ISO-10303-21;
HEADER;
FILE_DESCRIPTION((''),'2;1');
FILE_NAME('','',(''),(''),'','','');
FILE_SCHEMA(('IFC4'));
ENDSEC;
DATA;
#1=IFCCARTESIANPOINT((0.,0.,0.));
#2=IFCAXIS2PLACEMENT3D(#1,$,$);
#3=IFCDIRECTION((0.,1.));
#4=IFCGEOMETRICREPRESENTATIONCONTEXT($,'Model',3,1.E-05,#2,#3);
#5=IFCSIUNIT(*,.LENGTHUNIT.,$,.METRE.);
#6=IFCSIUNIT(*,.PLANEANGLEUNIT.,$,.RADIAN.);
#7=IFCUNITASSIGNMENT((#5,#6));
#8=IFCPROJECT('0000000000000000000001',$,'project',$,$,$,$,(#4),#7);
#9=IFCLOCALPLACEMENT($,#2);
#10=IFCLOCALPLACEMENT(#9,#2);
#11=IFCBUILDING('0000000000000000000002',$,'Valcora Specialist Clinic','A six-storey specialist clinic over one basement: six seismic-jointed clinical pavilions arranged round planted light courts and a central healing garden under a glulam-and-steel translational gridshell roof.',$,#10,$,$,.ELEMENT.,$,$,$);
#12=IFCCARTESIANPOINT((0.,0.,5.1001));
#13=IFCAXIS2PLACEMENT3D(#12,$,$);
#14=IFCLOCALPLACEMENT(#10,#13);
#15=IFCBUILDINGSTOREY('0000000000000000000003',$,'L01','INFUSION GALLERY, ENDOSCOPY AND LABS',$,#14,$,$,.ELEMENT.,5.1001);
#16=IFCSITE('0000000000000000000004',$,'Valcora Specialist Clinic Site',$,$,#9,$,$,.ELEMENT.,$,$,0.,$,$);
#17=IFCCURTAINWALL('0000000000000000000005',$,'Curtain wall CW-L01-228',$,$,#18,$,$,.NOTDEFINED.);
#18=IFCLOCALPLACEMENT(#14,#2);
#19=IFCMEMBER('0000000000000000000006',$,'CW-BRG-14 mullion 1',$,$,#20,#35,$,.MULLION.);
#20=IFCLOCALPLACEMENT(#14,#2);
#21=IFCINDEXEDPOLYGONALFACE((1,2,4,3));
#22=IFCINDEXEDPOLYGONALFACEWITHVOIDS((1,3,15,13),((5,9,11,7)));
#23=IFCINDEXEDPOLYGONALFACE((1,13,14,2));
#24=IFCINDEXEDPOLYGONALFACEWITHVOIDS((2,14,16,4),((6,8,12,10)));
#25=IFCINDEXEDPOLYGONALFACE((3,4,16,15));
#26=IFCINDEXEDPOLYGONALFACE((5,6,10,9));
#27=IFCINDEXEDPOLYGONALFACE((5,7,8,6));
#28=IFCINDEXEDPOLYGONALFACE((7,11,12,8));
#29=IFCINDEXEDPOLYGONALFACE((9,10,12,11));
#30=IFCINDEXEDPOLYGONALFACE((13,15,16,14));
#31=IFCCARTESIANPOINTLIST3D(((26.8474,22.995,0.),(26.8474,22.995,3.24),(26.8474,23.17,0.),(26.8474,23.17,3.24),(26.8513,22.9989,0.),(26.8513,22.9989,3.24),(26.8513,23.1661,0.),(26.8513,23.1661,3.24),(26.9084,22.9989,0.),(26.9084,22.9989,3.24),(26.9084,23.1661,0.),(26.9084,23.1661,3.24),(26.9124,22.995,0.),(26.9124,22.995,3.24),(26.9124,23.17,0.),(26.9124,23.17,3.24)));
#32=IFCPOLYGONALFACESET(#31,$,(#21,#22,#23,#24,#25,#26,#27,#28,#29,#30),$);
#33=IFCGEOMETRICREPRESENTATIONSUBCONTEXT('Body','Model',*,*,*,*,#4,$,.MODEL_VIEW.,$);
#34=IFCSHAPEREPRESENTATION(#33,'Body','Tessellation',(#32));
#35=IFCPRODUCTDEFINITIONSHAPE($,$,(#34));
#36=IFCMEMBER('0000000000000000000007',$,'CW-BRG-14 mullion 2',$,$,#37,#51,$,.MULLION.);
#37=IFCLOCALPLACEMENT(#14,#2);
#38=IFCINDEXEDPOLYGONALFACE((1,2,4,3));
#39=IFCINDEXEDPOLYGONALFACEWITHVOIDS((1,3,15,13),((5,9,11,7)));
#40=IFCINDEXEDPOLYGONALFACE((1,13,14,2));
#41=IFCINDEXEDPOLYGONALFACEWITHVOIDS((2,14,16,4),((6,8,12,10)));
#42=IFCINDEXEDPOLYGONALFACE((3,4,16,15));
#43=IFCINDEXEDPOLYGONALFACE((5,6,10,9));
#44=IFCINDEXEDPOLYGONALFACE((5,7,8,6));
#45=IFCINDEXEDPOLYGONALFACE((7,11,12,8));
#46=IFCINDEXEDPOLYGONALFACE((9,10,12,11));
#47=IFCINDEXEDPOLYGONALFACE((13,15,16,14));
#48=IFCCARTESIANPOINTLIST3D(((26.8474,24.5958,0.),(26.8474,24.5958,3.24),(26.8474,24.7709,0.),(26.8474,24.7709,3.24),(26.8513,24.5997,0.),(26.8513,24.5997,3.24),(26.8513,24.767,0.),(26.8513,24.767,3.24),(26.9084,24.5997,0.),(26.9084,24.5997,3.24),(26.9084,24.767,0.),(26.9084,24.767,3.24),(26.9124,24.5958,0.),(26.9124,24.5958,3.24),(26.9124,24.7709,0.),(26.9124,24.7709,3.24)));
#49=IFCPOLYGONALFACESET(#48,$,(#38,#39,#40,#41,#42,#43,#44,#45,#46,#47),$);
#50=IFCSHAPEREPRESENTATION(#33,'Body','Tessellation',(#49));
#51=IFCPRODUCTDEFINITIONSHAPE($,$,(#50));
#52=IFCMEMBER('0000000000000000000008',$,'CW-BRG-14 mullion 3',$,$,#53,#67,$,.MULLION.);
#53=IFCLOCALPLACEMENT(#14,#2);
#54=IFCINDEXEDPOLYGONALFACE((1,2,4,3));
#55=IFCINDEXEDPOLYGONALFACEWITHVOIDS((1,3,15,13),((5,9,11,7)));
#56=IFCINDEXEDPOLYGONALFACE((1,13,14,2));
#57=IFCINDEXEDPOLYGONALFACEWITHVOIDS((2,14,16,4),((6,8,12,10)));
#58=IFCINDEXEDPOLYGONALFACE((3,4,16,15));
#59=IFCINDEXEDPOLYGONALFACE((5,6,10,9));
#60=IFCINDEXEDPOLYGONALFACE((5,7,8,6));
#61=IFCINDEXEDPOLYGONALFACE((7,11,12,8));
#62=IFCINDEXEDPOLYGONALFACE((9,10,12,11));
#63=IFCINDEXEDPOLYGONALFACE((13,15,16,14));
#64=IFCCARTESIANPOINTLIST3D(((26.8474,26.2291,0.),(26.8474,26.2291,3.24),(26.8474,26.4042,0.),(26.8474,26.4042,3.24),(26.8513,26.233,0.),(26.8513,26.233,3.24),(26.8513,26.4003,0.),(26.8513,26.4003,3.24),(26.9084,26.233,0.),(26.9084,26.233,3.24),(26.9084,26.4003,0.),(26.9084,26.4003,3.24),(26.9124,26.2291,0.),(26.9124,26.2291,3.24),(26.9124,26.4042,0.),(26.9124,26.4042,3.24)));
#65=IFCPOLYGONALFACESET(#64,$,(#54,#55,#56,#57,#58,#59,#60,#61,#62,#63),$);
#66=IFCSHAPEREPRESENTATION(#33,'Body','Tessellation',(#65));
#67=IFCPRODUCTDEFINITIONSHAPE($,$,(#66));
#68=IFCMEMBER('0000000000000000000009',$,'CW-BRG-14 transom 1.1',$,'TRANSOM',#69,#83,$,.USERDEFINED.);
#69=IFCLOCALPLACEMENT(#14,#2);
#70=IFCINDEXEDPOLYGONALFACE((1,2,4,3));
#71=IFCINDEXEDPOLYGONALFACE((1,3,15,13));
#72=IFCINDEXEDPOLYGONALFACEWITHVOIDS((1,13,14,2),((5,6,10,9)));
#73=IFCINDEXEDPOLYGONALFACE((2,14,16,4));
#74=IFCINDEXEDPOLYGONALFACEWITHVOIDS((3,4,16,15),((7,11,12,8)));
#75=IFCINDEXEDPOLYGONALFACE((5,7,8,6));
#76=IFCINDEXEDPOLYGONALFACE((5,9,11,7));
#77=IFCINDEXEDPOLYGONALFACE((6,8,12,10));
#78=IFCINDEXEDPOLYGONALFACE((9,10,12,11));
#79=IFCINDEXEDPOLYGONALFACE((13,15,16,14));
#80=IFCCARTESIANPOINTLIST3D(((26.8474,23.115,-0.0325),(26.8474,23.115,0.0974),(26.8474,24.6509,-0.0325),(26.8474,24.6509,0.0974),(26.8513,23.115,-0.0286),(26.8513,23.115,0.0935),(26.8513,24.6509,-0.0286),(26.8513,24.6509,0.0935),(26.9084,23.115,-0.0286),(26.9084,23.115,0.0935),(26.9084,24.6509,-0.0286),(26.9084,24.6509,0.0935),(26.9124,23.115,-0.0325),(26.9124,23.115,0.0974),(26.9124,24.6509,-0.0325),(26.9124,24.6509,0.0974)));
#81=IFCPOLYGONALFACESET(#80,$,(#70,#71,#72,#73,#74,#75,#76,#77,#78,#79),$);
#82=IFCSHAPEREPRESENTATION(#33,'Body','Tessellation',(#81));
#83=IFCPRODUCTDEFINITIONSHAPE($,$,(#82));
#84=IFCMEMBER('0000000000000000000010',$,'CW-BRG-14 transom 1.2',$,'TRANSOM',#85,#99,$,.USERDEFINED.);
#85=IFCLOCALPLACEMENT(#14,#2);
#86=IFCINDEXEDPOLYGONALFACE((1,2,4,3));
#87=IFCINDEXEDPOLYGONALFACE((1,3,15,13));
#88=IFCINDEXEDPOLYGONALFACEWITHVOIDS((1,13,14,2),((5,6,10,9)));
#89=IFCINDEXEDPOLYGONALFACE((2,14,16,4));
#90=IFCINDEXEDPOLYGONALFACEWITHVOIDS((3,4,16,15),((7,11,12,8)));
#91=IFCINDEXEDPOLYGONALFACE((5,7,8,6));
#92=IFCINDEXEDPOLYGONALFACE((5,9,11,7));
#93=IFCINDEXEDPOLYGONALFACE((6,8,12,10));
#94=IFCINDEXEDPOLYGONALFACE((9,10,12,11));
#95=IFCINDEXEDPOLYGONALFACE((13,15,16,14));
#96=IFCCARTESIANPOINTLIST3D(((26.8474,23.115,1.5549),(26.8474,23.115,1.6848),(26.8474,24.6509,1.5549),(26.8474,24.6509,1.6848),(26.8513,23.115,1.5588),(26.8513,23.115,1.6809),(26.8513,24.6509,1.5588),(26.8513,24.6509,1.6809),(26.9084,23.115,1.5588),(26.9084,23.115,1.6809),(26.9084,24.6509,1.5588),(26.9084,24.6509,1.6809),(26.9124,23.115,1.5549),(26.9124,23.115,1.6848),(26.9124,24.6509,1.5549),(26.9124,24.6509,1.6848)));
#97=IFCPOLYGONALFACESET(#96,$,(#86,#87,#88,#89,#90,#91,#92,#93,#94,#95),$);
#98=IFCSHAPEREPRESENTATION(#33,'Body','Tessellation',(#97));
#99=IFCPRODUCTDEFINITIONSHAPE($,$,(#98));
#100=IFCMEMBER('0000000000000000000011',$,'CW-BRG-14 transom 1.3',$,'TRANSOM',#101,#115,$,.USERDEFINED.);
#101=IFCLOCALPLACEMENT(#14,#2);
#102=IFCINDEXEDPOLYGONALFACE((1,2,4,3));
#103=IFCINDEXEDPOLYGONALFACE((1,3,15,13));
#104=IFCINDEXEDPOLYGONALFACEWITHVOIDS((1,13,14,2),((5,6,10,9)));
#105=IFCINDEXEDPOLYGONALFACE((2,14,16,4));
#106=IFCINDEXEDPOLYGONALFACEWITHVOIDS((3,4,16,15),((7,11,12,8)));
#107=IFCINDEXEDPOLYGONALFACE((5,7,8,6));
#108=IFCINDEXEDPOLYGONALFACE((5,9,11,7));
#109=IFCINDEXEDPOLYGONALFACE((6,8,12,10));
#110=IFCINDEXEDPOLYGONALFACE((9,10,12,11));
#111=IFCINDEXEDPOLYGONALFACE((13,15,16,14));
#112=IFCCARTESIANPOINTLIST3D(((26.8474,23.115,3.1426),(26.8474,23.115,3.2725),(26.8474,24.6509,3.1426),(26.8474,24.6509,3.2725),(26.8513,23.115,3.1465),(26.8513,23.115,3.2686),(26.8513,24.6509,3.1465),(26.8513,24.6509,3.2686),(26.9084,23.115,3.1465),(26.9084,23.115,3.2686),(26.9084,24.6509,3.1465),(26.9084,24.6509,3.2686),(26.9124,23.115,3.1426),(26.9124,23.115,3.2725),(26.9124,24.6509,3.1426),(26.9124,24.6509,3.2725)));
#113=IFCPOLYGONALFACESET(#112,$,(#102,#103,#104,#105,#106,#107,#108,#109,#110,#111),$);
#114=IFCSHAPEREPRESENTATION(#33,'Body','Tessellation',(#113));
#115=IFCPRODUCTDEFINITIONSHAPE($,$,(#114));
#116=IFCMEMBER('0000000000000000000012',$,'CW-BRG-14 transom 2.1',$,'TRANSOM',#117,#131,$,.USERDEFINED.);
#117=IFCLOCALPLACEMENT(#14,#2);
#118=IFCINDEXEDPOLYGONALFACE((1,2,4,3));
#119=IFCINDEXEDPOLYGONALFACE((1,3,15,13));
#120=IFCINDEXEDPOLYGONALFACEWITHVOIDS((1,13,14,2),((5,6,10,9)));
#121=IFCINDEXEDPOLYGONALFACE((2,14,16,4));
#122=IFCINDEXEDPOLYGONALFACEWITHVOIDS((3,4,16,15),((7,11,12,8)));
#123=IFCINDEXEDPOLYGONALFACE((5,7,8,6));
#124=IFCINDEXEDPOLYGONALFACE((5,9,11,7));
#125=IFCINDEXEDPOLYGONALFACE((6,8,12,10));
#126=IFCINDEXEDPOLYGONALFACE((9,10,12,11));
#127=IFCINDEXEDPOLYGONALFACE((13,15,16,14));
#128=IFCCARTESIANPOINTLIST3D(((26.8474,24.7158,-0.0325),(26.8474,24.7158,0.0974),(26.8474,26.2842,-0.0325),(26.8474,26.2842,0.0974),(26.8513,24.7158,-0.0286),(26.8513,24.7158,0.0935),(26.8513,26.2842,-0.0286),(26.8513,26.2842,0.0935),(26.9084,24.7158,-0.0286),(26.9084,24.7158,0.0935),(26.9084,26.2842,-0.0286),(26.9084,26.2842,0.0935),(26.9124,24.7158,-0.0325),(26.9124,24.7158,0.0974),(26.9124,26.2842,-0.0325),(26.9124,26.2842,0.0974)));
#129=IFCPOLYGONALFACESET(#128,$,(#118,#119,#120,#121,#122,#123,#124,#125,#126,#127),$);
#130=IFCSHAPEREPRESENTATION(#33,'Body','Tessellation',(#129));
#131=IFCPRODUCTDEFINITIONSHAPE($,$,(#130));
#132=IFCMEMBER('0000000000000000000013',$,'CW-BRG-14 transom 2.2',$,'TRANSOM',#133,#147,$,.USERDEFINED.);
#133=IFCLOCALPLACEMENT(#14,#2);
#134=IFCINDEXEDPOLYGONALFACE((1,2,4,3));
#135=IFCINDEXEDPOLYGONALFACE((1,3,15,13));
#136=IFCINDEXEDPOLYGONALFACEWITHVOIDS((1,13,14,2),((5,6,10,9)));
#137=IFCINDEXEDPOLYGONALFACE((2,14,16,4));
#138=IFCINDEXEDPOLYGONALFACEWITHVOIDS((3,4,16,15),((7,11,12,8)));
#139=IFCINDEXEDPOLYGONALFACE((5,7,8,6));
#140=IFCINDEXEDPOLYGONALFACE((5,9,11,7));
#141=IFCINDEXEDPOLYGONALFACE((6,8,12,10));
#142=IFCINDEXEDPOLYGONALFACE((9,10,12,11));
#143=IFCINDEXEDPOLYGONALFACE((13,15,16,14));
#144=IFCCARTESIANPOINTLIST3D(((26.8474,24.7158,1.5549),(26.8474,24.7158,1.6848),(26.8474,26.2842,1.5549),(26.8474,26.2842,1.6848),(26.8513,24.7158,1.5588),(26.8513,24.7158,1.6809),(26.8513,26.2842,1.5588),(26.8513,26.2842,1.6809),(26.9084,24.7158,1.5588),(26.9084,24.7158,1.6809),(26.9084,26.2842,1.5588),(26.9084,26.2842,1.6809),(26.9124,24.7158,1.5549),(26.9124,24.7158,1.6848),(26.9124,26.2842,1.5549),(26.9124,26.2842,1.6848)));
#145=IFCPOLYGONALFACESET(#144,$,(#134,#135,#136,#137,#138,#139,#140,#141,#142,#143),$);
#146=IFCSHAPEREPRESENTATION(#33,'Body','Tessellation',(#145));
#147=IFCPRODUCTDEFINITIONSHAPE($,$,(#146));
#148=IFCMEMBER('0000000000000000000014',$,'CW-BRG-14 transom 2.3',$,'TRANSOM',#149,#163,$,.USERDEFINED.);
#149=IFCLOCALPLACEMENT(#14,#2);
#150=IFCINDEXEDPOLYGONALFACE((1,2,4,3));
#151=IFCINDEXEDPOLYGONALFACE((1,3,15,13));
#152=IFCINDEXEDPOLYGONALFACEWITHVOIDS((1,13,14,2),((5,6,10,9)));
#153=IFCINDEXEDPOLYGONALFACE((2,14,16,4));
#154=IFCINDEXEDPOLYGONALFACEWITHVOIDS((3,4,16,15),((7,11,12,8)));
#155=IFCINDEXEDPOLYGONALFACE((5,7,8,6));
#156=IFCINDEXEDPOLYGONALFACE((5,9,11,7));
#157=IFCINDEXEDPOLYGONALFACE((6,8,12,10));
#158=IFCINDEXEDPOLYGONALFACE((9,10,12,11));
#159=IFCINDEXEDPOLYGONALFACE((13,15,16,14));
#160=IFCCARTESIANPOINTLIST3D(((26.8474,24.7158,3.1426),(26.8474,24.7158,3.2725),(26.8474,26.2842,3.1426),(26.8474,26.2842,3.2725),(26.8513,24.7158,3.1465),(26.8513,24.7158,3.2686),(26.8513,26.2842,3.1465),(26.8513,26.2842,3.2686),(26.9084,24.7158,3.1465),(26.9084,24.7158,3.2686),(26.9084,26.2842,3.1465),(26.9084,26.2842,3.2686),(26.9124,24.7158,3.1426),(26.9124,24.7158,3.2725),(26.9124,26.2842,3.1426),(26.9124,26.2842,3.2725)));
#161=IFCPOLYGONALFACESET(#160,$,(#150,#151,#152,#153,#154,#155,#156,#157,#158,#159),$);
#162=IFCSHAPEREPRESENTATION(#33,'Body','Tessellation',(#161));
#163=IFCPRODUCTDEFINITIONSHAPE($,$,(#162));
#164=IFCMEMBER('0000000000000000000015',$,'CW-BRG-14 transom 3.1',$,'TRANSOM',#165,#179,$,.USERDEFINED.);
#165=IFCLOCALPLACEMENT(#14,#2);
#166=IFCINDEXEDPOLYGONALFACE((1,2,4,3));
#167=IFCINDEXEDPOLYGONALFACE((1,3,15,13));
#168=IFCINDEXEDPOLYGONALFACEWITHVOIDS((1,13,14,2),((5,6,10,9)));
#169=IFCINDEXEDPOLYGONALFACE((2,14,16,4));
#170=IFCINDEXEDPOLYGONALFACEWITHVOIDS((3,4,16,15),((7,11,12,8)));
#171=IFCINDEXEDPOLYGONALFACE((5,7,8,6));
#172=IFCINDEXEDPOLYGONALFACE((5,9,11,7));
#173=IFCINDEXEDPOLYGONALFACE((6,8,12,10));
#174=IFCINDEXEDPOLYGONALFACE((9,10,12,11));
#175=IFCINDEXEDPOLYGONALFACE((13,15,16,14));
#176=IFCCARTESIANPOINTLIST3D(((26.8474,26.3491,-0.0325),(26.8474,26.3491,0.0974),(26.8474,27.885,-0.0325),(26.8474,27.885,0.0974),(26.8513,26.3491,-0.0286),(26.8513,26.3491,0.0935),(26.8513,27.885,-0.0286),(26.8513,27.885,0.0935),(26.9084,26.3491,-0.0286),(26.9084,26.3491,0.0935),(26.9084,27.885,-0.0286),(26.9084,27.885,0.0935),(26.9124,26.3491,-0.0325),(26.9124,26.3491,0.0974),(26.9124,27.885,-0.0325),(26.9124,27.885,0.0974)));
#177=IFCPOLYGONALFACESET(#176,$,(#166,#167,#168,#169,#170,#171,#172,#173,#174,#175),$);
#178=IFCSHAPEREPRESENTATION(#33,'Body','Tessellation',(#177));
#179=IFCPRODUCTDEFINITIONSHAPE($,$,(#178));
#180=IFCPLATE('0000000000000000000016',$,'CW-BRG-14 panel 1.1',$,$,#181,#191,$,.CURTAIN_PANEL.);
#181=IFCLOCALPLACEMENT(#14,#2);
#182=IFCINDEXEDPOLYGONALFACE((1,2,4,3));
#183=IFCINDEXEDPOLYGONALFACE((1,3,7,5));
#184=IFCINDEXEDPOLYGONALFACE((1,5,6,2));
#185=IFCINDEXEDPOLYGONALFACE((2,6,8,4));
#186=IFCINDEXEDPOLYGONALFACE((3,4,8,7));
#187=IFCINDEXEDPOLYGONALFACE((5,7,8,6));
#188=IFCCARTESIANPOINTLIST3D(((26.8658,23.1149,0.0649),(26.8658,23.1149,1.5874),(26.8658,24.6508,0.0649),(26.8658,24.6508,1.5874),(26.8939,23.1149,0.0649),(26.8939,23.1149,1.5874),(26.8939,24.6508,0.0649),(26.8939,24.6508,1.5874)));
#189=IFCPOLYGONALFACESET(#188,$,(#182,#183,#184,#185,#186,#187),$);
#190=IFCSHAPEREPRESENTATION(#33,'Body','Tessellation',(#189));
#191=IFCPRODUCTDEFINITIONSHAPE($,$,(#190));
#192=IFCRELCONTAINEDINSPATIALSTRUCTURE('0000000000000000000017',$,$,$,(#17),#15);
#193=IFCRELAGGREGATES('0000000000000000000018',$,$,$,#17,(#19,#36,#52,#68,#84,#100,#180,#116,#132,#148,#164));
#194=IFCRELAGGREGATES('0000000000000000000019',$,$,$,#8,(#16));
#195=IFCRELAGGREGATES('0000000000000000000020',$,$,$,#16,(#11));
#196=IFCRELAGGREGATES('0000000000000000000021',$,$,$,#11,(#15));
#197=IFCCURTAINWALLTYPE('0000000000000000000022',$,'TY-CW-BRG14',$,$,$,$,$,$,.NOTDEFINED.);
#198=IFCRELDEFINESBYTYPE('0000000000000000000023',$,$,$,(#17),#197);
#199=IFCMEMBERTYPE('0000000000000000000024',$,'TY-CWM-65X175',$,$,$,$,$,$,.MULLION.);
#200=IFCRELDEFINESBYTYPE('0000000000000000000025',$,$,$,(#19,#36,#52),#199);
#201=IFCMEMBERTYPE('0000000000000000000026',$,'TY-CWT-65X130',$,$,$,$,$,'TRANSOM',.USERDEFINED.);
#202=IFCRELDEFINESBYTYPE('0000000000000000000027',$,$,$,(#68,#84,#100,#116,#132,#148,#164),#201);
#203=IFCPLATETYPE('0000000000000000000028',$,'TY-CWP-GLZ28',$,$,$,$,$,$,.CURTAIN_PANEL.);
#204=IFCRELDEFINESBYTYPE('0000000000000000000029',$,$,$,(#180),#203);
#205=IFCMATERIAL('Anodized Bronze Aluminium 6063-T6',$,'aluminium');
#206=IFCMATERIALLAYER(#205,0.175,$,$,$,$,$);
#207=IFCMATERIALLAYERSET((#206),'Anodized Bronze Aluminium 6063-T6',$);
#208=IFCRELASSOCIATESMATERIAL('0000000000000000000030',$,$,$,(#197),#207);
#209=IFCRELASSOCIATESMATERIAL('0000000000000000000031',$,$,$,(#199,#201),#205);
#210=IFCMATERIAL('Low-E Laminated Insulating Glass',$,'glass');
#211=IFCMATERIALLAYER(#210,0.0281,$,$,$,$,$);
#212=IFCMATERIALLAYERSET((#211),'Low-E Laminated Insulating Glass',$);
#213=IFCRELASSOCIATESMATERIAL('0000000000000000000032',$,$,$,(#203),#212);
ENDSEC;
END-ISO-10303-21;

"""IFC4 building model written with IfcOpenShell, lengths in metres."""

from ifc_helpers import new_model, si_unit, direction, frame, origin, origin_2d, place, context, subcontext, project, spatial, rectangle, hollow_rectangle, extrude, material, layer, layer_set, material_profile, profile_set, type_object, element, aggregate, save


model = new_model("IFC4")

# Units and contexts
model_context = context("Model", 3, precision=1e-05, world=origin(), true_north=direction((0.0, 1.0)))
body_context = subcontext(model_context, "Body", "Model", "MODEL_VIEW")
ifc_project = project(units=[si_unit("LENGTHUNIT", "METRE"), si_unit("PLANEANGLEUNIT", "RADIAN")], contexts=[model_context])

# Site, building, storey
site_placement = place(None, origin())
site = spatial("IfcSite", under=ifc_project, at=site_placement, Name="Valcora Specialist Clinic Site", CompositionType="ELEMENT", RefElevation=0.0)
building_placement = place(site_placement, origin())
building = spatial("IfcBuilding", under=site, at=building_placement, Name="Valcora Specialist Clinic", Description="A six-storey specialist clinic over one basement: six seismic-jointed clinical pavilions arranged round planted light courts and a central healing garden under a glulam-and-steel translational gridshell roof.", CompositionType="ELEMENT")
storey_placement = place(building_placement, frame((0.0, 0.0, 5.1001)))
storey = spatial("IfcBuildingStorey", under=building, at=storey_placement, Name="L01", Description="INFUSION GALLERY, ENDOSCOPY AND LABS", CompositionType="ELEMENT", Elevation=5.1001)

# Curtain wall, members, plate
ifc_material_1 = material(Name="Anodized Bronze Aluminium 6063-T6", Category="aluminium")
ifc_layer_1 = layer(ifc_material_1, 0.175)
ifc_layer_set_1 = layer_set([ifc_layer_1], Name="Anodized Bronze Aluminium 6063-T6")
curtain_wall_type = type_object("IfcCurtainWallType", Name="TY-CW-BRG14", PredefinedType="NOTDEFINED", material=ifc_layer_set_1)
curtain_wall_placement = place(storey_placement, origin())
curtain_wall = element("IfcCurtainWall", 1, at=curtain_wall_placement, inside=storey, type_object=curtain_wall_type, Name="Curtain wall CW-L01-228", PredefinedType="NOTDEFINED")
ifc_material_profile_1 = material_profile(ifc_material_1, hollow_rectangle(XDim=0.0649, YDim=0.175, WallThickness=0.0039, at=origin_2d()), Name="AL-MUL-65X175")
ifc_profile_set_1 = profile_set([ifc_material_profile_1], Name="Anodized Bronze Aluminium 6063-T6")
member_type_1 = type_object("IfcMemberType", Name="TY-CWM-65X175", PredefinedType="MULLION", material=ifc_profile_set_1)
member_1_placement = place(storey_placement, frame((26.8799, 23.0825, 0.0), z_axis=(0.0, 0.0, 1.0), x_axis=(-1.0, 0.0, 0.0)))
member_1 = element("IfcMember", 2, at=member_1_placement, type_object=member_type_1, Name="CW-BRG-14 mullion 1", PredefinedType="MULLION", context=body_context, shape_type="SweptSolid", body=[
    extrude(hollow_rectangle(XDim=0.0649, YDim=0.175, WallThickness=0.0039, at=origin_2d()), origin(), (0.0, 0.0, 1.0), 3.24),
])
member_2_placement = place(storey_placement, frame((26.8799, 24.6833, 0.0), z_axis=(0.0, 0.0, 1.0), x_axis=(-1.0, 0.0, 0.0)))
member_2 = element("IfcMember", 3, at=member_2_placement, type_object=member_type_1, Name="CW-BRG-14 mullion 2", PredefinedType="MULLION", context=body_context, shape_type="SweptSolid", body=[
    extrude(hollow_rectangle(XDim=0.0649, YDim=0.175, WallThickness=0.0039, at=origin_2d()), origin(), (0.0, 0.0, 1.0), 3.24),
])
member_3_placement = place(storey_placement, frame((26.8799, 26.3167, 0.0), z_axis=(0.0, 0.0, 1.0), x_axis=(-1.0, 0.0, 0.0)))
member_3 = element("IfcMember", 4, at=member_3_placement, type_object=member_type_1, Name="CW-BRG-14 mullion 3", PredefinedType="MULLION", context=body_context, shape_type="SweptSolid", body=[
    extrude(hollow_rectangle(XDim=0.0649, YDim=0.175, WallThickness=0.0039, at=origin_2d()), origin(), (0.0, 0.0, 1.0), 3.24),
])
ifc_material_profile_2 = material_profile(ifc_material_1, hollow_rectangle(XDim=0.0649, YDim=0.1299, WallThickness=0.0039, at=origin_2d()), Name="AL-TRN-65X130")
ifc_profile_set_2 = profile_set([ifc_material_profile_2], Name="Anodized Bronze Aluminium 6063-T6")
member_type_2 = type_object("IfcMemberType", Name="TY-CWT-65X130", ElementType="TRANSOM", PredefinedType="USERDEFINED", material=ifc_profile_set_2)
member_4_placement = place(storey_placement, frame((26.8799, 23.115, 0.0325), z_axis=(0.0, 1.0, 0.0), x_axis=(-1.0, 0.0, 0.0)))
member_4 = element("IfcMember", 5, at=member_4_placement, type_object=member_type_2, Name="CW-BRG-14 transom 1.1", ObjectType="TRANSOM", PredefinedType="USERDEFINED", context=body_context, shape_type="SweptSolid", body=[
    extrude(hollow_rectangle(XDim=0.0649, YDim=0.1299, WallThickness=0.0039, at=origin_2d()), origin(), (0.0, 0.0, 1.0), 1.5359),
])
member_5_placement = place(storey_placement, frame((26.8799, 23.115, 1.6199), z_axis=(0.0, 1.0, 0.0), x_axis=(-1.0, 0.0, 0.0)))
member_5 = element("IfcMember", 6, at=member_5_placement, type_object=member_type_2, Name="CW-BRG-14 transom 1.2", ObjectType="TRANSOM", PredefinedType="USERDEFINED", context=body_context, shape_type="SweptSolid", body=[
    extrude(hollow_rectangle(XDim=0.0649, YDim=0.1299, WallThickness=0.0039, at=origin_2d()), origin(), (0.0, 0.0, 1.0), 1.5359),
])
member_6_placement = place(storey_placement, frame((26.8799, 23.115, 3.2075), z_axis=(0.0, 1.0, 0.0), x_axis=(-1.0, 0.0, 0.0)))
member_6 = element("IfcMember", 7, at=member_6_placement, type_object=member_type_2, Name="CW-BRG-14 transom 1.3", ObjectType="TRANSOM", PredefinedType="USERDEFINED", context=body_context, shape_type="SweptSolid", body=[
    extrude(hollow_rectangle(XDim=0.0649, YDim=0.1299, WallThickness=0.0039, at=origin_2d()), origin(), (0.0, 0.0, 1.0), 1.5359),
])
member_7_placement = place(storey_placement, frame((26.8799, 24.7158, 0.0325), z_axis=(0.0, 1.0, 0.0), x_axis=(-1.0, 0.0, 0.0)))
member_7 = element("IfcMember", 8, at=member_7_placement, type_object=member_type_2, Name="CW-BRG-14 transom 2.1", ObjectType="TRANSOM", PredefinedType="USERDEFINED", context=body_context, shape_type="SweptSolid", body=[
    extrude(hollow_rectangle(XDim=0.0649, YDim=0.1299, WallThickness=0.0039, at=origin_2d()), origin(), (0.0, 0.0, 1.0), 1.5684),
])
member_8_placement = place(storey_placement, frame((26.8799, 24.7158, 1.6199), z_axis=(0.0, 1.0, 0.0), x_axis=(-1.0, 0.0, 0.0)))
member_8 = element("IfcMember", 9, at=member_8_placement, type_object=member_type_2, Name="CW-BRG-14 transom 2.2", ObjectType="TRANSOM", PredefinedType="USERDEFINED", context=body_context, shape_type="SweptSolid", body=[
    extrude(hollow_rectangle(XDim=0.0649, YDim=0.1299, WallThickness=0.0039, at=origin_2d()), origin(), (0.0, 0.0, 1.0), 1.5684),
])
member_9_placement = place(storey_placement, frame((26.8799, 24.7158, 3.2075), z_axis=(0.0, 1.0, 0.0), x_axis=(-1.0, 0.0, 0.0)))
member_9 = element("IfcMember", 10, at=member_9_placement, type_object=member_type_2, Name="CW-BRG-14 transom 2.3", ObjectType="TRANSOM", PredefinedType="USERDEFINED", context=body_context, shape_type="SweptSolid", body=[
    extrude(hollow_rectangle(XDim=0.0649, YDim=0.1299, WallThickness=0.0039, at=origin_2d()), origin(), (0.0, 0.0, 1.0), 1.5684),
])
member_10_placement = place(storey_placement, frame((26.8799, 26.3491, 0.0325), z_axis=(0.0, 1.0, 0.0), x_axis=(-1.0, 0.0, 0.0)))
member_10 = element("IfcMember", 11, at=member_10_placement, type_object=member_type_2, Name="CW-BRG-14 transom 3.1", ObjectType="TRANSOM", PredefinedType="USERDEFINED", context=body_context, shape_type="SweptSolid", body=[
    extrude(hollow_rectangle(XDim=0.0649, YDim=0.1299, WallThickness=0.0039, at=origin_2d()), origin(), (0.0, 0.0, 1.0), 1.5359),
])
ifc_material_2 = material(Name="Low-E Laminated Insulating Glass", Category="glass")
ifc_layer_2 = layer(ifc_material_2, 0.0281)
ifc_layer_set_2 = layer_set([ifc_layer_2], Name="Low-E Laminated Insulating Glass")
plate_type_1 = type_object("IfcPlateType", Name="TY-CWP-GLZ28", PredefinedType="CURTAIN_PANEL", material=ifc_layer_set_2)
plate_1_placement = place(storey_placement, frame((26.8799, 23.8828, 0.0649), z_axis=(0.0, 0.0, 1.0), x_axis=(0.0, 1.0, 0.0)))
plate_1 = element("IfcPlate", 12, at=plate_1_placement, type_object=plate_type_1, Name="CW-BRG-14 panel 1.1", PredefinedType="CURTAIN_PANEL", context=body_context, shape_type="SweptSolid", body=[
    extrude(rectangle(XDim=1.5359, YDim=0.0281, at=origin_2d()), origin(), (0.0, 0.0, 1.0), 1.5225),
])
aggregate(curtain_wall, [member_1, member_2, member_3, member_4, member_5, member_6, plate_1, member_7, member_8, member_9, member_10])

save(model, "model.ifc")
